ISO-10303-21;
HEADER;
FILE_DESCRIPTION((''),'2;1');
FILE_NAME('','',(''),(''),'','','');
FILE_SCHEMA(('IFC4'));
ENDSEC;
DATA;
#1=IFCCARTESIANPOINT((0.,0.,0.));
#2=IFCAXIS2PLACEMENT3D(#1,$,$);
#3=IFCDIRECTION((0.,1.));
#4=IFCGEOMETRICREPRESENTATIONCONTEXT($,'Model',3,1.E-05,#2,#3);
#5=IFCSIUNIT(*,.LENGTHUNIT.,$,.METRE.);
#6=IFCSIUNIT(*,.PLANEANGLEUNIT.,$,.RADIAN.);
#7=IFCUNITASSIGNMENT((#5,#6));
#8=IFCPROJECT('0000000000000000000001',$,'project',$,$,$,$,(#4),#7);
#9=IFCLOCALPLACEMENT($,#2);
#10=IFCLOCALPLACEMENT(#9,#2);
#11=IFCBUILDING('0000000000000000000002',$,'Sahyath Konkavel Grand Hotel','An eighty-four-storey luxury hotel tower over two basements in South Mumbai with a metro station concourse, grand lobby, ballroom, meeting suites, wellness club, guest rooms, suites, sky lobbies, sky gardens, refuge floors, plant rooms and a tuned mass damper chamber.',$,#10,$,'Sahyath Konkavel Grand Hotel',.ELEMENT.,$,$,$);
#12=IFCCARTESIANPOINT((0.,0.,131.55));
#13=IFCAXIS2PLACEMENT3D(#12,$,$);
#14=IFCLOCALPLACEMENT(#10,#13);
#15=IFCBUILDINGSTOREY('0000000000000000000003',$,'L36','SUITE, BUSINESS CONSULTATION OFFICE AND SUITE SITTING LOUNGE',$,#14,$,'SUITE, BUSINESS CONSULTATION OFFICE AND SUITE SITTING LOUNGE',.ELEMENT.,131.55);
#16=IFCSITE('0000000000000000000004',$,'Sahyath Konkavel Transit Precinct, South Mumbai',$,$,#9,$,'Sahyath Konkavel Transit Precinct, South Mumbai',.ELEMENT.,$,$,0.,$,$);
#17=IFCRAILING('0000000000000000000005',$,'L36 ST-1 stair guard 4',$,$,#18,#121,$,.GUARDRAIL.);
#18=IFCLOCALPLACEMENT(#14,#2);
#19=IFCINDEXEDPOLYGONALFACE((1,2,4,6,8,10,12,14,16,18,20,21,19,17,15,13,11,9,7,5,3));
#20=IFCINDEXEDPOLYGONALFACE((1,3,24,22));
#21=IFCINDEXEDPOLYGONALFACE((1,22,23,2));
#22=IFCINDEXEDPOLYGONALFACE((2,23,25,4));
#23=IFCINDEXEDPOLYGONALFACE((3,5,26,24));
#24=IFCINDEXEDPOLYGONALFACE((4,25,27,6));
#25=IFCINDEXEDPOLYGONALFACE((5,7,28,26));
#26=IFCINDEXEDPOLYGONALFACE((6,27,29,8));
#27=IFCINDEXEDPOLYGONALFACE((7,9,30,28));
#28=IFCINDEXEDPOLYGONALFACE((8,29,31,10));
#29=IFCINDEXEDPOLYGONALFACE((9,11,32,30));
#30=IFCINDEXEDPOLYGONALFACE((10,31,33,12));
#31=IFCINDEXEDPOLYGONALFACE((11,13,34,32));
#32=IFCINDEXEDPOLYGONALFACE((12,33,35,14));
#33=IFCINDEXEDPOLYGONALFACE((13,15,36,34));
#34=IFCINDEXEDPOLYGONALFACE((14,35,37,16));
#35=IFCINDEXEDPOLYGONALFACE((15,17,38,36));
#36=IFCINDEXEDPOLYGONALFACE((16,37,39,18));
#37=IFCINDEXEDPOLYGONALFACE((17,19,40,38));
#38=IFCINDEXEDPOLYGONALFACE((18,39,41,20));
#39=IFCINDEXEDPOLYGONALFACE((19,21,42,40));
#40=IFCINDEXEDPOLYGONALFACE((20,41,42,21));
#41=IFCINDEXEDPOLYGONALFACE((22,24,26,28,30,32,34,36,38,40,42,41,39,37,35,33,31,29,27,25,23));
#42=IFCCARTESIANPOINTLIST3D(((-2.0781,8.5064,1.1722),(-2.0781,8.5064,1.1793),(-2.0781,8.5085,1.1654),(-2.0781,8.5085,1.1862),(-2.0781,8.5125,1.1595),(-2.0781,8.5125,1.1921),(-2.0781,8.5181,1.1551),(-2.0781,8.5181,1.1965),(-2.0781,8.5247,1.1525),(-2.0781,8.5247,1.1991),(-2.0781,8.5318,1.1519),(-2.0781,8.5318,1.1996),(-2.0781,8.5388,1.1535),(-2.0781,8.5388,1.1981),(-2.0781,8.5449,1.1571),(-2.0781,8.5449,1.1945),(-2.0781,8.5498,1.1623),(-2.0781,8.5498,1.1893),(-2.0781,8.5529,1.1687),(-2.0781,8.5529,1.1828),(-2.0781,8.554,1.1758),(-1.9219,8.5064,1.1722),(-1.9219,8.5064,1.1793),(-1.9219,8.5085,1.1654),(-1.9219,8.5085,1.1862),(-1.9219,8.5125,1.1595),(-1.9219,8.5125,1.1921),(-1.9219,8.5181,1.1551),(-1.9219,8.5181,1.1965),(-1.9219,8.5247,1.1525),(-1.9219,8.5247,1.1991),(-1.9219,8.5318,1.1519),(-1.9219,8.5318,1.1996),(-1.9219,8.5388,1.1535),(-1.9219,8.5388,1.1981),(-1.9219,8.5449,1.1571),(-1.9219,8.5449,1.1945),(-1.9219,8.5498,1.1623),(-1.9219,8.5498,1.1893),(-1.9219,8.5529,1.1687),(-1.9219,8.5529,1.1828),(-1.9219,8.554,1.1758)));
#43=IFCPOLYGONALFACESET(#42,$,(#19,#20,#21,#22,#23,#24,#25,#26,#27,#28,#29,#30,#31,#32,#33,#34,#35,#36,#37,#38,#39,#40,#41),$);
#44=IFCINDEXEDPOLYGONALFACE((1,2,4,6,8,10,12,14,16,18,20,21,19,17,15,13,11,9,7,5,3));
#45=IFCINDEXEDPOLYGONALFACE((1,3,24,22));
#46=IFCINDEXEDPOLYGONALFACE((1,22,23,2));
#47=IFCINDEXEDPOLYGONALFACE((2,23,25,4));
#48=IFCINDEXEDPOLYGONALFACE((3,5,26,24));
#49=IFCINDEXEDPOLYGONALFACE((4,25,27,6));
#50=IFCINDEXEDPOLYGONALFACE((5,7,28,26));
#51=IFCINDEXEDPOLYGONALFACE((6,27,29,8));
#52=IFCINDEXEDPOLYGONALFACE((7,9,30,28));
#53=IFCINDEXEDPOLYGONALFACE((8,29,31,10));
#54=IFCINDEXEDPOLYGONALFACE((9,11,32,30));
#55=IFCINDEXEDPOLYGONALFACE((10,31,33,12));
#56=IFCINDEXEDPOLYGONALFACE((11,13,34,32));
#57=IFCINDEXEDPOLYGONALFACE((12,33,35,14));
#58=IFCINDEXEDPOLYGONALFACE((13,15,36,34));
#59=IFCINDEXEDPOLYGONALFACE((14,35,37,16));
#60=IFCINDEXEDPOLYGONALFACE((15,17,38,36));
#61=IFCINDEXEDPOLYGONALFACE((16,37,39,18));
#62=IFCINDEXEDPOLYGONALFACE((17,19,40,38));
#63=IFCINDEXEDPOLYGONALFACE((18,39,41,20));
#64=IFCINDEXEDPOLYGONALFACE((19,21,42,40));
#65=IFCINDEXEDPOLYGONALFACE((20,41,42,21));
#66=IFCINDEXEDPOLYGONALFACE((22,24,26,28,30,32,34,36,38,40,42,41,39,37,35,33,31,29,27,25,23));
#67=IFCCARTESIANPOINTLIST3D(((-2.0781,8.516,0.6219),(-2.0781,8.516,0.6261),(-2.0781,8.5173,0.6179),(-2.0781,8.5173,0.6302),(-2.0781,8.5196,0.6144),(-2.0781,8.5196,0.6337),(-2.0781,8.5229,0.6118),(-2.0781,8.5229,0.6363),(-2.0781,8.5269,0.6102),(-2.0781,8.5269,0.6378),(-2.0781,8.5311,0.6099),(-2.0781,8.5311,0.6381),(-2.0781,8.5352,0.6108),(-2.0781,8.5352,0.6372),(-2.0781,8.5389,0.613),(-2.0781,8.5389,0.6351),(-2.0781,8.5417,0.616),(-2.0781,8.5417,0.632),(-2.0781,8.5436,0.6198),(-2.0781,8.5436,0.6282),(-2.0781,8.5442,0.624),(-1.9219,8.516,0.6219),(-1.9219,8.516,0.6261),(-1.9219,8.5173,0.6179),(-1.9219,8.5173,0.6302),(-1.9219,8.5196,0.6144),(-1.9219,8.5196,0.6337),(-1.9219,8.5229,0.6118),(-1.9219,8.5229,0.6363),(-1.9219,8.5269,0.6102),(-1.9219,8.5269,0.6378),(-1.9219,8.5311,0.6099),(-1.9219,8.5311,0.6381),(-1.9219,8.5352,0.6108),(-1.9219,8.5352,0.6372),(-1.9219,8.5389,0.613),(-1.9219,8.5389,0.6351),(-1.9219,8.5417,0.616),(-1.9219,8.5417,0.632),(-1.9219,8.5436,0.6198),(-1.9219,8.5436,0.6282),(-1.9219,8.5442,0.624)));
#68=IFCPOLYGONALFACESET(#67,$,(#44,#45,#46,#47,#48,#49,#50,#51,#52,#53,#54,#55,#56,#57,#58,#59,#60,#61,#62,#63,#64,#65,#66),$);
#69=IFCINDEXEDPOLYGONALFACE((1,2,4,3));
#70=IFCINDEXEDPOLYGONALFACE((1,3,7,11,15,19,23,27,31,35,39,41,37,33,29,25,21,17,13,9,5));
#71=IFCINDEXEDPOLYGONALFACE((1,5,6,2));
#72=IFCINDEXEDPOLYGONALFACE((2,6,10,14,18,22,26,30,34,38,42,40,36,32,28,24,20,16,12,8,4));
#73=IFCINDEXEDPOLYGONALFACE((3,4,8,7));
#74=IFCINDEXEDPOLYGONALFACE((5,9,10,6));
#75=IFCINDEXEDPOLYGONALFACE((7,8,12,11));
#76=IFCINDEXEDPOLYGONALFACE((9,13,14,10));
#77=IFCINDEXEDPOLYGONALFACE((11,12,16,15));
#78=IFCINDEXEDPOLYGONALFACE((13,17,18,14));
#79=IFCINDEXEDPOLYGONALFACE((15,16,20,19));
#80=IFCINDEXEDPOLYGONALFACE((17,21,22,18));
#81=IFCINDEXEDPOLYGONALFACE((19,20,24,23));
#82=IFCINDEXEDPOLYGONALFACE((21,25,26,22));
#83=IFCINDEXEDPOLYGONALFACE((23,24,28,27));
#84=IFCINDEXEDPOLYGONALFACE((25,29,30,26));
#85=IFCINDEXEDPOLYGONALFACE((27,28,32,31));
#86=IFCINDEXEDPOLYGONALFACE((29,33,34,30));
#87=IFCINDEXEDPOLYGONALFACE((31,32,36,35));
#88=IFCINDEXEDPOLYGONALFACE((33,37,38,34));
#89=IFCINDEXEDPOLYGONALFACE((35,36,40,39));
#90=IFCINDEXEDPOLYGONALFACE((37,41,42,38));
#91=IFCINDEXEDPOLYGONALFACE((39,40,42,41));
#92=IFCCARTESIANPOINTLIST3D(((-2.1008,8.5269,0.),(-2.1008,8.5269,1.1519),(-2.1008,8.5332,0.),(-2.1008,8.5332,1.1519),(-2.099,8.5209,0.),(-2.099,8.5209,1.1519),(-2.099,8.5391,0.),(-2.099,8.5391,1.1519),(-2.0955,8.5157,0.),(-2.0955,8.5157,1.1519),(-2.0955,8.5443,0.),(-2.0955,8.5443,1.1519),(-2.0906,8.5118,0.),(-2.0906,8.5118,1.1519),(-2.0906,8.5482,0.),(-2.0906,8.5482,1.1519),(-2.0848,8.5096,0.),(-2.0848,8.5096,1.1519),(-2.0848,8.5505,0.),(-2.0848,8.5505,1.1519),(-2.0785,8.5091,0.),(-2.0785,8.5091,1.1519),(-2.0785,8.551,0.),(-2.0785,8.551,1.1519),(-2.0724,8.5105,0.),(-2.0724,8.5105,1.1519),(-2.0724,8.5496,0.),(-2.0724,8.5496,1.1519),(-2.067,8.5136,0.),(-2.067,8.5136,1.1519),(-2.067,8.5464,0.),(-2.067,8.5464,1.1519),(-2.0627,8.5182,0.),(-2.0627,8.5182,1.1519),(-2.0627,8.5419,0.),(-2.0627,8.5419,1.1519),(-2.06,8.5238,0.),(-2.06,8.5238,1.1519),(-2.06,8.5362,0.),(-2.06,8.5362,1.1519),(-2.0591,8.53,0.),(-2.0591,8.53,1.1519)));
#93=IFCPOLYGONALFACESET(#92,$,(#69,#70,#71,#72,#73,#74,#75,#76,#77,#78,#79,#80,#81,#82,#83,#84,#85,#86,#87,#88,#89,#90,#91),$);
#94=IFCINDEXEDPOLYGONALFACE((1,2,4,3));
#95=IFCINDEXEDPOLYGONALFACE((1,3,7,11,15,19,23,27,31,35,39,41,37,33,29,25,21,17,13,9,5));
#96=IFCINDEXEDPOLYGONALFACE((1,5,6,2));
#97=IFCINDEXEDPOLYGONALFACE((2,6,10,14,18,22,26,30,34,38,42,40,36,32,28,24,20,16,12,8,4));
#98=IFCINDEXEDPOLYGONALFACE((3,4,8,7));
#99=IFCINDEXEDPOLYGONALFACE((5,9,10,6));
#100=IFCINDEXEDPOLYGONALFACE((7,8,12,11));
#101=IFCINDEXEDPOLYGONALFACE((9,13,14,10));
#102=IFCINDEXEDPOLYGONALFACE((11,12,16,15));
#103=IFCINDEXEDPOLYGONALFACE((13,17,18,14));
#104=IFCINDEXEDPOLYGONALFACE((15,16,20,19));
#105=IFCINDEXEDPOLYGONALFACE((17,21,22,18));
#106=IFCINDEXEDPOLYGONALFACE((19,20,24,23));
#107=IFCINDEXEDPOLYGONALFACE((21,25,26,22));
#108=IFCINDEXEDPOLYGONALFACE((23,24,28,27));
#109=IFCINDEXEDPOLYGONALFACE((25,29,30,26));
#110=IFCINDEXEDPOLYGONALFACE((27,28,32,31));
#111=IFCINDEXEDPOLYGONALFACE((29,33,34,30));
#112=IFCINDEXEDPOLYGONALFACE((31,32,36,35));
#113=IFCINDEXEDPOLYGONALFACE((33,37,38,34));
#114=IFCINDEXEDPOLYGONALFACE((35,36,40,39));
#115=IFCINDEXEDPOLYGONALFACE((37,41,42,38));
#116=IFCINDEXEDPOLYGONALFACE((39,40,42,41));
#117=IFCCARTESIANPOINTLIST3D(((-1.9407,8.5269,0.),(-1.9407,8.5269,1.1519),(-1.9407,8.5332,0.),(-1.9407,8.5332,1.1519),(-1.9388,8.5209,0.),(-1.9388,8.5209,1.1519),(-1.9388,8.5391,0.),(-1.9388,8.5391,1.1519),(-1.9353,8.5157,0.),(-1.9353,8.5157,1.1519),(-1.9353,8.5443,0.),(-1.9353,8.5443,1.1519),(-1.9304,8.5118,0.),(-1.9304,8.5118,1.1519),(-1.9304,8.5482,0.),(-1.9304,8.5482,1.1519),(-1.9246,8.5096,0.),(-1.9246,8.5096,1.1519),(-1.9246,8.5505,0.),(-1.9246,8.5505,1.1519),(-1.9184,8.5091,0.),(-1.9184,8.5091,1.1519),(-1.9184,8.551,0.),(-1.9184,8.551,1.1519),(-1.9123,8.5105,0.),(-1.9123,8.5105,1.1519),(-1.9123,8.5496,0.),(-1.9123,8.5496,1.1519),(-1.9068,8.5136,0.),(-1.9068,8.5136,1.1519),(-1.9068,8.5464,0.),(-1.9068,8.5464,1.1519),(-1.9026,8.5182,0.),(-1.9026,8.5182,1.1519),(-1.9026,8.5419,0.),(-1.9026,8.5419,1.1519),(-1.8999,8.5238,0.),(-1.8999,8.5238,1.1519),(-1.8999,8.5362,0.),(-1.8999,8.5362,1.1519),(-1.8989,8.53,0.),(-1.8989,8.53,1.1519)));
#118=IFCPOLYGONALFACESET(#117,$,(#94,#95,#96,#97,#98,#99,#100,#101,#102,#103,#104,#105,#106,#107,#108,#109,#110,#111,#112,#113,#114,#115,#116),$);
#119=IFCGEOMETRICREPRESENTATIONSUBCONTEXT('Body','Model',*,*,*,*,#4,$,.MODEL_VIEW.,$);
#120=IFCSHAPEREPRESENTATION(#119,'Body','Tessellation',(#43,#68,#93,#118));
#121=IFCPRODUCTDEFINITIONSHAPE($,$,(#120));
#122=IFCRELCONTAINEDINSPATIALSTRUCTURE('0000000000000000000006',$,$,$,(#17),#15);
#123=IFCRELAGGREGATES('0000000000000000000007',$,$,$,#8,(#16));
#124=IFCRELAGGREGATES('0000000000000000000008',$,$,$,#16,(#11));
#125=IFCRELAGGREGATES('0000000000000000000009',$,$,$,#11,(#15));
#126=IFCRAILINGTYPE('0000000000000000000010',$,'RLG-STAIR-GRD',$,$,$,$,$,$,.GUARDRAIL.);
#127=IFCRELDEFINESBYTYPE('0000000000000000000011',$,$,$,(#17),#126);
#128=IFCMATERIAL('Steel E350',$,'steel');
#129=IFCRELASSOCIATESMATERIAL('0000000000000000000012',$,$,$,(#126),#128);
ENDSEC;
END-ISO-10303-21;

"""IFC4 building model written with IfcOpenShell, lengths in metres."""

from ifc_helpers import new_model, si_unit, direction, frame, origin, origin_2d, place, context, subcontext, project, spatial, circle, extrude, material, type_object, element, save


model = new_model("IFC4")

# Units and contexts
model_context = context("Model", 3, precision=1e-05, world=origin(), true_north=direction((0.0, 1.0)))
body_context = subcontext(model_context, "Body", "Model", "MODEL_VIEW")
ifc_project = project(units=[si_unit("LENGTHUNIT", "METRE"), si_unit("PLANEANGLEUNIT", "RADIAN")], contexts=[model_context])

# Site, building, storey
site_placement = place(None, origin())
site = spatial("IfcSite", under=ifc_project, at=site_placement, Name="Sahyath Konkavel Transit Precinct, South Mumbai", LongName="Sahyath Konkavel Transit Precinct, South Mumbai", CompositionType="ELEMENT", RefElevation=0.0)
building_placement = place(site_placement, origin())
building = spatial("IfcBuilding", under=site, at=building_placement, Name="Sahyath Konkavel Grand Hotel", Description="An eighty-four-storey luxury hotel tower over two basements in South Mumbai with a metro station concourse, grand lobby, ballroom, meeting suites, wellness club, guest rooms, suites, sky lobbies, sky gardens, refuge floors, plant rooms and a tuned mass damper chamber.", LongName="Sahyath Konkavel Grand Hotel", CompositionType="ELEMENT")
storey_placement = place(building_placement, frame((0.0, 0.0, 131.55)))
storey = spatial("IfcBuildingStorey", under=building, at=storey_placement, Name="L36", Description="SUITE, BUSINESS CONSULTATION OFFICE AND SUITE SITTING LOUNGE", LongName="SUITE, BUSINESS CONSULTATION OFFICE AND SUITE SITTING LOUNGE", CompositionType="ELEMENT", Elevation=131.55)

# Shared definitions
ifc_material_1 = material(Name="Steel E350", Category="steel")

# Railing
railing_type_1 = type_object("IfcRailingType", Name="RLG-STAIR-GRD", PredefinedType="GUARDRAIL", material=ifc_material_1)
railing_1_placement = place(storey_placement, frame((-2.0801, 8.53, 0.0)))
element("IfcRailing", 1, at=railing_1_placement, inside=storey, type_object=railing_type_1, Name="L36 ST-1 stair guard 4", PredefinedType="GUARDRAIL", context=body_context, shape_type="SweptSolid", body=[
    extrude(circle(Radius=0.0239, at=origin_2d()), frame((0.002, 0.0, 1.1758), z_axis=(1.0, 0.0, 0.0), x_axis=(0.0, 1.0, 0.0)), (0.0, 0.0, 1.0), 0.1562),
    extrude(circle(Radius=0.0142, at=origin_2d()), frame((0.002, 0.0, 0.624), z_axis=(1.0, 0.0, 0.0), x_axis=(0.0, 1.0, 0.0)), (0.0, 0.0, 1.0), 0.1562),
    extrude(circle(Radius=0.021, at=origin_2d()), origin(), (0.0, 0.0, 1.0), 1.1519),
    extrude(circle(Radius=0.021, at=origin_2d()), frame((0.1602, 0.0, 0.0)), (0.0, 0.0, 1.0), 1.1519),
])

save(model, "model.ifc")
